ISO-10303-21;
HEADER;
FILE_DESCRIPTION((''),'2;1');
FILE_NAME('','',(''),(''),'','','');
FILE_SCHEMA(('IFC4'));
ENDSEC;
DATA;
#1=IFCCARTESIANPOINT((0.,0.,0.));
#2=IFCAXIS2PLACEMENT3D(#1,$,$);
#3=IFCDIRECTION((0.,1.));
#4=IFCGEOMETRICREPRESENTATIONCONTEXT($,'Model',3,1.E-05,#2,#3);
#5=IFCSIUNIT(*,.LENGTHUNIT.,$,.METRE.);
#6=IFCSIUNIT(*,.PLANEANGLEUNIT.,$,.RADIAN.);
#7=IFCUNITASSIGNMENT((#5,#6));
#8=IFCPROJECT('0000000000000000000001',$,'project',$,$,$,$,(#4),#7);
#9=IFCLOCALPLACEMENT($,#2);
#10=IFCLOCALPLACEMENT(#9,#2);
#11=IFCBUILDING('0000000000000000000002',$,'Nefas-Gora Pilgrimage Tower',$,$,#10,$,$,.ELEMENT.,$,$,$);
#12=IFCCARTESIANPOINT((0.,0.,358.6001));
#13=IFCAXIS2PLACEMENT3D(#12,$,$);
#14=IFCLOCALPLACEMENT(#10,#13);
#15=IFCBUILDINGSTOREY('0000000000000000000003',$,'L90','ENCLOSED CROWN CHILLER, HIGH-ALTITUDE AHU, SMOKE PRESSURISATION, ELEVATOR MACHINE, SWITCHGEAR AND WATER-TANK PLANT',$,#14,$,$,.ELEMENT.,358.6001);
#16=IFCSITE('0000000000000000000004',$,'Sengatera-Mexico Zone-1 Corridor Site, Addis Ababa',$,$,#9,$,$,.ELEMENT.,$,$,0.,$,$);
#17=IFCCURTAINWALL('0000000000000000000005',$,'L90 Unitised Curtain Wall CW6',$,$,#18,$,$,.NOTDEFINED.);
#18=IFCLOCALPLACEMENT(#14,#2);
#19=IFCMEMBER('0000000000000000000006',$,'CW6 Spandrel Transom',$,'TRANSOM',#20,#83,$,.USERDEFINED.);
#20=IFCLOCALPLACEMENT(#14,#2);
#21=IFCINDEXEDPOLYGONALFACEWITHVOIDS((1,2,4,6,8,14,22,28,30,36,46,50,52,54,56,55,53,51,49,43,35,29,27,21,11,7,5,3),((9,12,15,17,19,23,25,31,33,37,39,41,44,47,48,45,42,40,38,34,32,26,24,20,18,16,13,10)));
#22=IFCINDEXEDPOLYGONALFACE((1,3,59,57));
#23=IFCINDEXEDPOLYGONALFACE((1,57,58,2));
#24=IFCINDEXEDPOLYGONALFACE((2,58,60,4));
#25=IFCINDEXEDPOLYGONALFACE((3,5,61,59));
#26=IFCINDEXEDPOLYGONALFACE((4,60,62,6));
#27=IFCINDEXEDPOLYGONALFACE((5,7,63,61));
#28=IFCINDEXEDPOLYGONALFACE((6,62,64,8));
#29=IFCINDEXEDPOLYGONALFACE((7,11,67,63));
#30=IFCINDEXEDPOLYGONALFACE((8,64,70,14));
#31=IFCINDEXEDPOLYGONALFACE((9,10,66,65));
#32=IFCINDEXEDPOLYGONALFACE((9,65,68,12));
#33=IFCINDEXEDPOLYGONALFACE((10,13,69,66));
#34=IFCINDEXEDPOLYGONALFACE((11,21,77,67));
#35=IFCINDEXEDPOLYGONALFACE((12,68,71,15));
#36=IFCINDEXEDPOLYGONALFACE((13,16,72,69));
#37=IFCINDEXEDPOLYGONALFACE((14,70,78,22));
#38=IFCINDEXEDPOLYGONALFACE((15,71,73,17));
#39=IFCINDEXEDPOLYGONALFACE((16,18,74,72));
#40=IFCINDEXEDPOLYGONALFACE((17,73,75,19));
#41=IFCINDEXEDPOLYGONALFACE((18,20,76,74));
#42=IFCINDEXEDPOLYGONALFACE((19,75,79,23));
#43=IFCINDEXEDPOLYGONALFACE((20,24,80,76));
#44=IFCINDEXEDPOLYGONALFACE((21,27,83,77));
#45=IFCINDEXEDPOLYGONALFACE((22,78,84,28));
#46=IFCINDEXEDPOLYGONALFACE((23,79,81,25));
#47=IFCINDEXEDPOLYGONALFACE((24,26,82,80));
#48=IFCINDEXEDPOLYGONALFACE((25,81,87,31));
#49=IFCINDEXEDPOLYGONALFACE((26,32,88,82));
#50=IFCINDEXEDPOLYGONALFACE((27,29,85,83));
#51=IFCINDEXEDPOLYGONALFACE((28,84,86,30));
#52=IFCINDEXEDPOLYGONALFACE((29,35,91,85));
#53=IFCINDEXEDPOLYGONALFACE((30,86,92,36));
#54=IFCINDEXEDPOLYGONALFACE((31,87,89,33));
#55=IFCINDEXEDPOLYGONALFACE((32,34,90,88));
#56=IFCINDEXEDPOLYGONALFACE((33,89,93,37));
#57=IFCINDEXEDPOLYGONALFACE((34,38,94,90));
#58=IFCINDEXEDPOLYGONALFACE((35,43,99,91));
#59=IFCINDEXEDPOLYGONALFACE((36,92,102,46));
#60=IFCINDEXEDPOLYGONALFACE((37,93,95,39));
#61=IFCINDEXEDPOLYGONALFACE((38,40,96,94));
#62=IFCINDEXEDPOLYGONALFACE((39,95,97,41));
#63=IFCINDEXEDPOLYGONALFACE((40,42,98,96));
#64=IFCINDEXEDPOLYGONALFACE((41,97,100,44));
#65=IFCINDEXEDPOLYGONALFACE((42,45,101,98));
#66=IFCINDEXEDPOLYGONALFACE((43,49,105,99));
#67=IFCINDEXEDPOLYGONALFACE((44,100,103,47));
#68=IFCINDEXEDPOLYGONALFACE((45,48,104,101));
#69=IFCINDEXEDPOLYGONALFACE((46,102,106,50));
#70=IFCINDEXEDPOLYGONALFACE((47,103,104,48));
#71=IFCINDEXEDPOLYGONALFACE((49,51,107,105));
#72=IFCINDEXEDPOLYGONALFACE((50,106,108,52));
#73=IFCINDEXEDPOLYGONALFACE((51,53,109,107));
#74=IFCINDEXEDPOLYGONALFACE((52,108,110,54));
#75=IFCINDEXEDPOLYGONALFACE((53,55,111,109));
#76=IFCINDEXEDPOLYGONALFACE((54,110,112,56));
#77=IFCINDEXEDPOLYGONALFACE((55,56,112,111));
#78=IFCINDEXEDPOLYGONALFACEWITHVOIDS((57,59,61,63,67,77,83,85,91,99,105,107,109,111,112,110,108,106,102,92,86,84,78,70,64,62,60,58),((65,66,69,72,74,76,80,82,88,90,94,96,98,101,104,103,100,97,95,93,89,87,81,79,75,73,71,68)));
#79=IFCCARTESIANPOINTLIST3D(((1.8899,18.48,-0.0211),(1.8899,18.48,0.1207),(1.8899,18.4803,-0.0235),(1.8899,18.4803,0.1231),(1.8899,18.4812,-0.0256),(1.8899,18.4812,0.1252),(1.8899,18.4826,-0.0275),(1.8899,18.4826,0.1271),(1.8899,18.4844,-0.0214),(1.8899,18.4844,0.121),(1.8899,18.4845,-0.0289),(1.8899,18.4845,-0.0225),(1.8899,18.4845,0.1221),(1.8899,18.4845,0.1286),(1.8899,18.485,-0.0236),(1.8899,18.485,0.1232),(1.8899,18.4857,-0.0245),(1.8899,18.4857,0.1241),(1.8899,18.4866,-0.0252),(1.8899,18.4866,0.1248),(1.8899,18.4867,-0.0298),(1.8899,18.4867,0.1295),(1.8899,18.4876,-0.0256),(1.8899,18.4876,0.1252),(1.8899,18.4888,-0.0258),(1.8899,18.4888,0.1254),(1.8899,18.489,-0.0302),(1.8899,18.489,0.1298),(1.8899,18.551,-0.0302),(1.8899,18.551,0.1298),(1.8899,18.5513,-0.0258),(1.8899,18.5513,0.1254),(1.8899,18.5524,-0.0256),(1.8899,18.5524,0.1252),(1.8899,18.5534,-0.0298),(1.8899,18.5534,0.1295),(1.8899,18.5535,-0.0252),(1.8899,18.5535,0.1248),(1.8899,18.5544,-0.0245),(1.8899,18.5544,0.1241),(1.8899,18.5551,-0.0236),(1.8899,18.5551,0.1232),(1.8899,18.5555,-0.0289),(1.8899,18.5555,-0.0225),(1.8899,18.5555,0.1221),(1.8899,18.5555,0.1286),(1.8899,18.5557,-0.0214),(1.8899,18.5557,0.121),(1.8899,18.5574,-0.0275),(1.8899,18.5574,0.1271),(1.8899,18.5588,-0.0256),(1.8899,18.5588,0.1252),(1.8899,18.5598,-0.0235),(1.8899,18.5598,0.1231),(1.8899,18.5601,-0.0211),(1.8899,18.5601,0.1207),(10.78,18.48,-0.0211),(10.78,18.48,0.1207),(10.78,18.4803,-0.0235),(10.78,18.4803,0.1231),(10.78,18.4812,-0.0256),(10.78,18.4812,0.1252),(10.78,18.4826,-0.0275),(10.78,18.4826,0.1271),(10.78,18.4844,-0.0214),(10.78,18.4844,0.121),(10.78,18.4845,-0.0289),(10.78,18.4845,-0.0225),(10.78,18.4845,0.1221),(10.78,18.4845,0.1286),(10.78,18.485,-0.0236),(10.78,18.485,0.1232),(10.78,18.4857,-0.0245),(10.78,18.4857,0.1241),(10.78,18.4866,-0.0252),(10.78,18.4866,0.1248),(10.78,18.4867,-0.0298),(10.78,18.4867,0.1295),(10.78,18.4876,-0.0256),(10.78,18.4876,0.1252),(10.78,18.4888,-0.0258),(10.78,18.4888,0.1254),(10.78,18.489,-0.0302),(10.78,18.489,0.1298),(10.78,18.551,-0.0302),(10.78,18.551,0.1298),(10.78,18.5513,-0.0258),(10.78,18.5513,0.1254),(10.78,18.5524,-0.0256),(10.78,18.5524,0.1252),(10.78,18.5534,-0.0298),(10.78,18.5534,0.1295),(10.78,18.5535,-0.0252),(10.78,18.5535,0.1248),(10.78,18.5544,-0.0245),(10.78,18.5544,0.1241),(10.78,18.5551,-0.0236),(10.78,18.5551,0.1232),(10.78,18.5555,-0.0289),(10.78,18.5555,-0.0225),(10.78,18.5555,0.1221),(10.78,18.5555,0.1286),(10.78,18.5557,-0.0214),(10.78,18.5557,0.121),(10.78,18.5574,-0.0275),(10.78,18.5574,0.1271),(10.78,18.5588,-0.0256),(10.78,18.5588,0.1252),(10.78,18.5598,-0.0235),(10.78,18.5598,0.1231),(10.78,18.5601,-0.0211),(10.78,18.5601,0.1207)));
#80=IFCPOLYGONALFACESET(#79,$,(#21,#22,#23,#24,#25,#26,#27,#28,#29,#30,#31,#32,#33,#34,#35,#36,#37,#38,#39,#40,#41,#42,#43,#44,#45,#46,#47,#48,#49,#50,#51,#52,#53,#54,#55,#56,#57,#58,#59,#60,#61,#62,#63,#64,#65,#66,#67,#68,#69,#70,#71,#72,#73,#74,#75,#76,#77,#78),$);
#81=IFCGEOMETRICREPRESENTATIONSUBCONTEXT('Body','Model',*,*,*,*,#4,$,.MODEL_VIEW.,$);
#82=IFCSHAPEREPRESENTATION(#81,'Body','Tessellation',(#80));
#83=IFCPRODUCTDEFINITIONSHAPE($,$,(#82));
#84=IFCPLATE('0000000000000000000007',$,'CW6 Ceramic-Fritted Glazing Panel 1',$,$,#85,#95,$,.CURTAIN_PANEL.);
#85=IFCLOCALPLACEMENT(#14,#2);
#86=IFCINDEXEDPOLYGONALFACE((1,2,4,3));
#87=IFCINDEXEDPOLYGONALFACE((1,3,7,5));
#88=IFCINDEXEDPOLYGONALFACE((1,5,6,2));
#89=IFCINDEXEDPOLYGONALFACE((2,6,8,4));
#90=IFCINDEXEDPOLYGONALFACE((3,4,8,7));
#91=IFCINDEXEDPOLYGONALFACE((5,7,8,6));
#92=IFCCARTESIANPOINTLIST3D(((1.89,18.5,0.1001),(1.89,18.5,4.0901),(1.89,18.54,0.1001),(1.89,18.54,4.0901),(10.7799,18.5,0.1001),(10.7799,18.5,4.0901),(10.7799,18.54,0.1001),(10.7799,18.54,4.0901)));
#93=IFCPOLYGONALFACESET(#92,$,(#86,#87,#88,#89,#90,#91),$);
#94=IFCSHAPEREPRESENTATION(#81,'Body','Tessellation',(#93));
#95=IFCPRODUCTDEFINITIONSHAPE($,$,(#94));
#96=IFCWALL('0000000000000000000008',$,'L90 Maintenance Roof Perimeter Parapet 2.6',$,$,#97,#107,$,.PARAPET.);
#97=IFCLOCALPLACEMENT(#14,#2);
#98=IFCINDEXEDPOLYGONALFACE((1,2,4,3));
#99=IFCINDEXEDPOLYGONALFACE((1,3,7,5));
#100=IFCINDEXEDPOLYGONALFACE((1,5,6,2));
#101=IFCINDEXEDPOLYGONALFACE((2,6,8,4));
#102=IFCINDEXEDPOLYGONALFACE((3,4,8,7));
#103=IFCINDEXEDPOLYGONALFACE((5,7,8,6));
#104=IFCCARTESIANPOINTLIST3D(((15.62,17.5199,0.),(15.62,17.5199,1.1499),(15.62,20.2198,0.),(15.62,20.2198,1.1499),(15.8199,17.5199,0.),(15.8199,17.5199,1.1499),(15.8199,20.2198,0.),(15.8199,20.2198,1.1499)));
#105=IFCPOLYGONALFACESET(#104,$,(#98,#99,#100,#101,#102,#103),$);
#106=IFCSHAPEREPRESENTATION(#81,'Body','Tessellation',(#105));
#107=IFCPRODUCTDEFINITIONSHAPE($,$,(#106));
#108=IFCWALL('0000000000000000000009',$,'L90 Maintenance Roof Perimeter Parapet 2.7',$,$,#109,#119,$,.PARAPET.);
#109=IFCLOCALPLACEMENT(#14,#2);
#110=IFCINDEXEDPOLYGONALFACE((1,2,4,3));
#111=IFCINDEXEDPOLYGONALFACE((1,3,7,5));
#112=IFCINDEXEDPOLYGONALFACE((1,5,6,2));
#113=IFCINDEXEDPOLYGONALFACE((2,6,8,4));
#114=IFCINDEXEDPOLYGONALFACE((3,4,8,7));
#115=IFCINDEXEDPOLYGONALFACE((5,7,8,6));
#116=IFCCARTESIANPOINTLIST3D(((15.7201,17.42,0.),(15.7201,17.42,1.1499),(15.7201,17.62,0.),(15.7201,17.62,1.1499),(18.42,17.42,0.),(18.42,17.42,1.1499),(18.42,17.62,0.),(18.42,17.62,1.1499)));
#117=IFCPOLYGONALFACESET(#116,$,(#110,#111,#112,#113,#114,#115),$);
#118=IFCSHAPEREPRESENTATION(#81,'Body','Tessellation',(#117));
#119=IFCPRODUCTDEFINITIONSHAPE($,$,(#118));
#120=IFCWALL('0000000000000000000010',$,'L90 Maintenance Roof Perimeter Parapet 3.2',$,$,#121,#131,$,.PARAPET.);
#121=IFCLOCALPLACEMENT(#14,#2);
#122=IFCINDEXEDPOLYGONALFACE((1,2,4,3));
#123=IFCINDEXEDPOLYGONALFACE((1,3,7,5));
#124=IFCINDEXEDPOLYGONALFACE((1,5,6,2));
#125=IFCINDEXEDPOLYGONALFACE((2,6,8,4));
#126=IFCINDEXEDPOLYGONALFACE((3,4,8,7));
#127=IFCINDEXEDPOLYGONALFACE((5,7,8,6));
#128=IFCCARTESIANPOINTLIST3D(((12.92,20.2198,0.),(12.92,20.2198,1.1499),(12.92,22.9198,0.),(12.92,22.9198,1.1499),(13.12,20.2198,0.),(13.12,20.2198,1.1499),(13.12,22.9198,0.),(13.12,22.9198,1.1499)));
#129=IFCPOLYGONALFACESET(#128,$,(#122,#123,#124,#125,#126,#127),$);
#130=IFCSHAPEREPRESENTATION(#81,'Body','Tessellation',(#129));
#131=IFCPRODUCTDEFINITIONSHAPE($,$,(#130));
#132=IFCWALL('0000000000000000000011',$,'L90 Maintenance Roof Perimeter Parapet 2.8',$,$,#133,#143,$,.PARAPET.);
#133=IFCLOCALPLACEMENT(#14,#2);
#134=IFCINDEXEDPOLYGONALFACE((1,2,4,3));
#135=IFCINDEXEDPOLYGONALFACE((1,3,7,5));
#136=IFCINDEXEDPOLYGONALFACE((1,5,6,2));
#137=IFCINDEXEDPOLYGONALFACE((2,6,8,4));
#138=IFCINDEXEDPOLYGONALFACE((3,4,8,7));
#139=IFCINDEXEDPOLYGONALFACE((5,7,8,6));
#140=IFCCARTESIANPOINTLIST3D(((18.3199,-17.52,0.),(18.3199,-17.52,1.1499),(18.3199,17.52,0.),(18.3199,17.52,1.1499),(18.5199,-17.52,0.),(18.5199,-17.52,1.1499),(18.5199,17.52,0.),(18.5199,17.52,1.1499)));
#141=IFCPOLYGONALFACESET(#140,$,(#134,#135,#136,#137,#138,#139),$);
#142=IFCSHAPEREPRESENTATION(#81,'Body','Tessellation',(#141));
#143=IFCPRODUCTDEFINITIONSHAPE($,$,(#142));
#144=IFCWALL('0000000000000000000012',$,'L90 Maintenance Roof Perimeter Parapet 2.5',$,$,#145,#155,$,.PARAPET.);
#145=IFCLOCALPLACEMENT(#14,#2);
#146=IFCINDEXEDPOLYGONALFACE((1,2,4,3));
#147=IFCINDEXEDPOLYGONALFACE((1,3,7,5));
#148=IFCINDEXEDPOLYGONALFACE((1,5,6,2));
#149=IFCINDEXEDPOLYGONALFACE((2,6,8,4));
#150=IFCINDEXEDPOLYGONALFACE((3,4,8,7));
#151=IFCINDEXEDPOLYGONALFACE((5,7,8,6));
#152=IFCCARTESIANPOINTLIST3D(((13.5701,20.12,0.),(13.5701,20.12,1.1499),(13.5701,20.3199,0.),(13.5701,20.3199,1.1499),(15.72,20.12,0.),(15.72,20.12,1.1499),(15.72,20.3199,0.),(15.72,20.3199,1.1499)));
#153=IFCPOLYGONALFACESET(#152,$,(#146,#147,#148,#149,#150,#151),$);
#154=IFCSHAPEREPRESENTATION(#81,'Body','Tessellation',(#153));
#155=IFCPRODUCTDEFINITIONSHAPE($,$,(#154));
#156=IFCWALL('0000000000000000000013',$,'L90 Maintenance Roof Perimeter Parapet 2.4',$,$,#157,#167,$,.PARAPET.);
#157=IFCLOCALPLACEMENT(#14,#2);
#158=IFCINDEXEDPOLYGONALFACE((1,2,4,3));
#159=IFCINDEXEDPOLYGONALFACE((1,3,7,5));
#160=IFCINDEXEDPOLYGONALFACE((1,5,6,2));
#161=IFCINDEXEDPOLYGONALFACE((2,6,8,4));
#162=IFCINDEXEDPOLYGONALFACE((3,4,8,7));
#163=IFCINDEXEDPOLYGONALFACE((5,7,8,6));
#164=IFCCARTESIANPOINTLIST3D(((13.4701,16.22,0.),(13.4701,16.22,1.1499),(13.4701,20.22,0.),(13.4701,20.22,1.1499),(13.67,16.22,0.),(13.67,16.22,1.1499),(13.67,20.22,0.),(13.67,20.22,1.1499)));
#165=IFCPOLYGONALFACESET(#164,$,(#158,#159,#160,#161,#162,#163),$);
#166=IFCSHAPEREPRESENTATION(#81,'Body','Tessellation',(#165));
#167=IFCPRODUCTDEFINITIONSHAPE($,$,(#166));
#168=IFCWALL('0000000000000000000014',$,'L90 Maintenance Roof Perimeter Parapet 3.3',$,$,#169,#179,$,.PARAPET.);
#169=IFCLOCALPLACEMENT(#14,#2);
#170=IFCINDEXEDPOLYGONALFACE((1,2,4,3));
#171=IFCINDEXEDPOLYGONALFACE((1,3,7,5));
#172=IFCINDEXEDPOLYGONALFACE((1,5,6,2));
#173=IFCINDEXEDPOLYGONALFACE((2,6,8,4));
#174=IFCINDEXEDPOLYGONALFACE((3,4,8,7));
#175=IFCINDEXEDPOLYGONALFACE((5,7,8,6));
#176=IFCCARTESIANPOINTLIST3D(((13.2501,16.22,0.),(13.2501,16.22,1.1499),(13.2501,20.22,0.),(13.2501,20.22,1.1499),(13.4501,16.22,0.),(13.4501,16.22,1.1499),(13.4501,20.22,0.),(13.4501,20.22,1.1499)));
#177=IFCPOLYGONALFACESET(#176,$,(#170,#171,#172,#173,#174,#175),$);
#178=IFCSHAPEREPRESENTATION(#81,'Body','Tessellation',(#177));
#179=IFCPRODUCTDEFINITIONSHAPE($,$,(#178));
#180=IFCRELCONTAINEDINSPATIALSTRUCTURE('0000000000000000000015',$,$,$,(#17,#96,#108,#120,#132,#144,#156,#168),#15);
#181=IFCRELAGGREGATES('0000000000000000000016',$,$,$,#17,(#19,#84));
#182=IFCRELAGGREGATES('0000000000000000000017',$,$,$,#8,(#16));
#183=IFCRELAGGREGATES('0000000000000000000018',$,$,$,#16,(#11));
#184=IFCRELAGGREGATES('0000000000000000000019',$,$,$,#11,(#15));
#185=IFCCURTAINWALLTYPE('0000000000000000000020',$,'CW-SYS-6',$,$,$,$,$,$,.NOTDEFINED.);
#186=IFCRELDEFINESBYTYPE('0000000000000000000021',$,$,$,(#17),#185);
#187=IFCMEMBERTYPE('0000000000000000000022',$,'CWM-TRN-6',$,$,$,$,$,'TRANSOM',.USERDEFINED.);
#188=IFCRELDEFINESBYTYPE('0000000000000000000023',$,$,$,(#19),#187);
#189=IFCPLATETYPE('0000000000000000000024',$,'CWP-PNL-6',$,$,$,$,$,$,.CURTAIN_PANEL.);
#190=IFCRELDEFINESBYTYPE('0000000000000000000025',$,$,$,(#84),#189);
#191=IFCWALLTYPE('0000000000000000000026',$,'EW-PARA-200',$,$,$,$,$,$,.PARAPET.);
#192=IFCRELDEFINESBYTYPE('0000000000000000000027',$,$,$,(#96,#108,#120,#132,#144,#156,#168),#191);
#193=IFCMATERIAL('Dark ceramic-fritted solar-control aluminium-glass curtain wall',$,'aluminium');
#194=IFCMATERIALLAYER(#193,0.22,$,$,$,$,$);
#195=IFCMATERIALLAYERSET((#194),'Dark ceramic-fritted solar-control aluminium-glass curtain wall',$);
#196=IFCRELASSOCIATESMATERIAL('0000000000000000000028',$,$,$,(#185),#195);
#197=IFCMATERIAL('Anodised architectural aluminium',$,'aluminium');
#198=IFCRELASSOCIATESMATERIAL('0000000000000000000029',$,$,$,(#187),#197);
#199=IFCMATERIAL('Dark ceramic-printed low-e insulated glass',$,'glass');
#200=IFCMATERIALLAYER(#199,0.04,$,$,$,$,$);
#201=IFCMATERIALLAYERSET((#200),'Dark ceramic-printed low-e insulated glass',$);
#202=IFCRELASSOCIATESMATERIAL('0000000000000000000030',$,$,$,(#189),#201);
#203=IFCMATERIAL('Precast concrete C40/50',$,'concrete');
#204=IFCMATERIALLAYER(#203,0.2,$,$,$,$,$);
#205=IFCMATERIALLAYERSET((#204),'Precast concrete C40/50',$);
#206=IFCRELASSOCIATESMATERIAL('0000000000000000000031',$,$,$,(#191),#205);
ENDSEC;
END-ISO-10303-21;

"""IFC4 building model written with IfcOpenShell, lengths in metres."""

from ifc_helpers import new_model, si_unit, direction, frame, frame_2d, origin, origin_2d, place, context, subcontext, project, spatial, rectangle, hollow_rectangle, extrude, source, transform, mapped, material, layer, layer_set, material_profile, profile_set, type_object, element, aggregate, save


model = new_model("IFC4")

# Units and contexts
model_context = context("Model", 3, precision=1e-05, world=origin(), true_north=direction((0.0, 1.0)))
body_context = subcontext(model_context, "Body", "Model", "MODEL_VIEW")
ifc_project = project(units=[si_unit("LENGTHUNIT", "METRE"), si_unit("PLANEANGLEUNIT", "RADIAN")], contexts=[model_context])

# Site, building, storey
site_placement = place(None, origin())
site = spatial("IfcSite", under=ifc_project, at=site_placement, Name="Sengatera-Mexico Zone-1 Corridor Site, Addis Ababa", CompositionType="ELEMENT", RefElevation=0.0)
building_placement = place(site_placement, origin())
building = spatial("IfcBuilding", under=site, at=building_placement, Name="Nefas-Gora Pilgrimage Tower", CompositionType="ELEMENT")
storey_placement = place(building_placement, frame((0.0, 0.0, 358.6001)))
storey = spatial("IfcBuildingStorey", under=building, at=storey_placement, Name="L90", Description="ENCLOSED CROWN CHILLER, HIGH-ALTITUDE AHU, SMOKE PRESSURISATION, ELEVATOR MACHINE, SWITCHGEAR AND WATER-TANK PLANT", CompositionType="ELEMENT", Elevation=358.6001)

# Curtain wall
ifc_material_1 = material(Name="Dark ceramic-fritted solar-control aluminium-glass curtain wall", Category="aluminium")
ifc_layer_1 = layer(ifc_material_1, 0.22)
ifc_layer_set_1 = layer_set([ifc_layer_1], Name="Dark ceramic-fritted solar-control aluminium-glass curtain wall")
curtain_wall_type = type_object("IfcCurtainWallType", Name="CW-SYS-6", PredefinedType="NOTDEFINED", material=ifc_layer_set_1)
curtain_wall_1_placement = place(storey_placement, origin())
curtain_wall_1 = element("IfcCurtainWall", 1, at=curtain_wall_1_placement, inside=storey, type_object=curtain_wall_type, Name="L90 Unitised Curtain Wall CW6", PredefinedType="NOTDEFINED")
ifc_material_2 = material(Name="Anodised architectural aluminium", Category="aluminium")

# Member
ifc_material_profile_1 = material_profile(ifc_material_2, hollow_rectangle(XDim=0.0801, YDim=0.1599, WallThickness=0.0044, InnerFilletRadius=0.0044, OuterFilletRadius=0.009, at=origin_2d()), Name="ALU TRANSOM 80x160")
ifc_profile_set_1 = profile_set([ifc_material_profile_1], Name="Anodised architectural aluminium")
member_type_1 = type_object("IfcMemberType", Name="CWM-TRN-6", ElementType="TRANSOM", PredefinedType="USERDEFINED", material=ifc_profile_set_1)
shared_shape_1 = source(origin(), body_context, "Body", "SweptSolid", [
    extrude(hollow_rectangle(XDim=0.0801, YDim=0.1599, WallThickness=0.0044, InnerFilletRadius=0.0044, OuterFilletRadius=0.009, at=origin_2d()), origin(), (0.0, 0.0, 1.0), 8.8901),
])
member_1_placement = place(storey_placement, frame((10.78, 18.52, 0.0498), z_axis=(-1.0, 0.0, 0.0), x_axis=(0.0, -1.0, 0.0)))
member_1 = element("IfcMember", 2, at=member_1_placement, type_object=member_type_1, Name="CW6 Spandrel Transom", ObjectType="TRANSOM", PredefinedType="USERDEFINED", context=body_context, shape_type="MappedRepresentation", body=[
    mapped(shared_shape_1, transform((0.0, 0.0, 0.0), x_axis=(1.0, 0.0, 0.0), y_axis=(0.0, 1.0, 0.0), z_axis=(0.0, 0.0, 1.0), scale=1.0)),
])

# Plate
ifc_material_3 = material(Name="Dark ceramic-printed low-e insulated glass", Category="glass")
ifc_layer_2 = layer(ifc_material_3, 0.04)
ifc_layer_set_2 = layer_set([ifc_layer_2], Name="Dark ceramic-printed low-e insulated glass")
plate_type = type_object("IfcPlateType", Name="CWP-PNL-6", PredefinedType="CURTAIN_PANEL", material=ifc_layer_set_2)
shared_shape_2 = source(origin(), body_context, "Body", "SweptSolid", [
    extrude(rectangle(XDim=8.8899, YDim=0.04, at=origin_2d()), origin(), (0.0, 0.0, 1.0), 3.99),
])
plate_placement = place(storey_placement, frame((6.335, 18.52, 0.1001), z_axis=(0.0, 0.0, 1.0), x_axis=(-1.0, 0.0, 0.0)))
plate = element("IfcPlate", 3, at=plate_placement, type_object=plate_type, Name="CW6 Ceramic-Fritted Glazing Panel 1", PredefinedType="CURTAIN_PANEL", context=body_context, shape_type="MappedRepresentation", body=[
    mapped(shared_shape_2, transform((0.0, 0.0, 0.0), x_axis=(1.0, 0.0, 0.0), y_axis=(0.0, 1.0, 0.0), z_axis=(0.0, 0.0, 1.0), scale=1.0)),
])
aggregate(curtain_wall_1, [member_1, plate])

# Walls
ifc_material_4 = material(Name="Precast concrete C40/50", Category="concrete")
ifc_layer_3 = layer(ifc_material_4, 0.2)
ifc_layer_set_3 = layer_set([ifc_layer_3], Name="Precast concrete C40/50")
wall_type_1 = type_object("IfcWallType", Name="EW-PARA-200", PredefinedType="PARAPET", material=ifc_layer_set_3)
shared_shape_3 = source(origin(), body_context, "Body", "SweptSolid", [
    extrude(rectangle(XDim=2.7, YDim=0.2, at=frame_2d((1.3501, 0.0))), origin(), (0.0, 0.0, 1.0), 1.1499),
])
for number, where, z_axis, x_axis, name in (
    (4, (15.72, 20.22, 0.0), (0.0, 0.0, 1.0), (0.0, -1.0, 0.0), "L90 Maintenance Roof Perimeter Parapet 2.6"),
    (5, (15.72, 17.52, 0.0), (0.0, 0.0, 1.0), (1.0, 0.0, 0.0), "L90 Maintenance Roof Perimeter Parapet 2.7"),
    (6, (13.02, 22.9199, 0.0), (0.0, 0.0, 1.0), (0.0, -1.0, 0.0), "L90 Maintenance Roof Perimeter Parapet 3.2"),
):
    element("IfcWall", number, at=place(storey_placement, frame(where, z_axis=z_axis, x_axis=x_axis)), inside=storey, type_object=wall_type_1, Name=name, PredefinedType="PARAPET", context=body_context, shape_type="MappedRepresentation", body=[
        mapped(shared_shape_3, transform((0.0, 0.0, 0.0), x_axis=(1.0, 0.0, 0.0), y_axis=(0.0, 1.0, 0.0), z_axis=(0.0, 0.0, 1.0), scale=1.0)),
    ])
shared_shape_4 = source(origin(), body_context, "Body", "SweptSolid", [
    extrude(rectangle(XDim=35.04, YDim=0.2, at=frame_2d((17.52, 0.0))), origin(), (0.0, 0.0, 1.0), 1.1499),
])
wall_1_placement = place(storey_placement, frame((18.4199, 17.52, 0.0), z_axis=(0.0, 0.0, 1.0), x_axis=(0.0, -1.0, 0.0)))
element("IfcWall", 7, at=wall_1_placement, inside=storey, type_object=wall_type_1, Name="L90 Maintenance Roof Perimeter Parapet 2.8", PredefinedType="PARAPET", context=body_context, shape_type="MappedRepresentation", body=[
    mapped(shared_shape_4, transform((0.0, 0.0, 0.0), x_axis=(1.0, 0.0, 0.0), y_axis=(0.0, 1.0, 0.0), z_axis=(0.0, 0.0, 1.0), scale=1.0)),
])
shared_shape_5 = source(origin(), body_context, "Body", "SweptSolid", [
    extrude(rectangle(XDim=2.1499, YDim=0.2, at=frame_2d((1.075, 0.0))), origin(), (0.0, 0.0, 1.0), 1.1499),
])
wall_2_placement = place(storey_placement, frame((13.5701, 20.22, 0.0), z_axis=(0.0, 0.0, 1.0), x_axis=(1.0, 0.0, 0.0)))
element("IfcWall", 8, at=wall_2_placement, inside=storey, type_object=wall_type_1, Name="L90 Maintenance Roof Perimeter Parapet 2.5", PredefinedType="PARAPET", context=body_context, shape_type="MappedRepresentation", body=[
    mapped(shared_shape_5, transform((0.0, 0.0, 0.0), x_axis=(1.0, 0.0, 0.0), y_axis=(0.0, 1.0, 0.0), z_axis=(0.0, 0.0, 1.0), scale=1.0)),
])
shared_shape_6 = source(origin(), body_context, "Body", "SweptSolid", [
    extrude(rectangle(XDim=4.0, YDim=0.2, at=frame_2d((2.0, 0.0))), origin(), (0.0, 0.0, 1.0), 1.1499),
])
for number, where, z_axis, x_axis, name in (
    (9, (13.5701, 16.22, 0.0), (0.0, 0.0, 1.0), (0.0, 1.0, 0.0), "L90 Maintenance Roof Perimeter Parapet 2.4"),
    (10, (13.3501, 20.22, 0.0), (0.0, 0.0, 1.0), (0.0, -1.0, 0.0), "L90 Maintenance Roof Perimeter Parapet 3.3"),
):
    element("IfcWall", number, at=place(storey_placement, frame(where, z_axis=z_axis, x_axis=x_axis)), inside=storey, type_object=wall_type_1, Name=name, PredefinedType="PARAPET", context=body_context, shape_type="MappedRepresentation", body=[
        mapped(shared_shape_6, transform((0.0, 0.0, 0.0), x_axis=(1.0, 0.0, 0.0), y_axis=(0.0, 1.0, 0.0), z_axis=(0.0, 0.0, 1.0), scale=1.0)),
    ])

save(model, "model.ifc")
